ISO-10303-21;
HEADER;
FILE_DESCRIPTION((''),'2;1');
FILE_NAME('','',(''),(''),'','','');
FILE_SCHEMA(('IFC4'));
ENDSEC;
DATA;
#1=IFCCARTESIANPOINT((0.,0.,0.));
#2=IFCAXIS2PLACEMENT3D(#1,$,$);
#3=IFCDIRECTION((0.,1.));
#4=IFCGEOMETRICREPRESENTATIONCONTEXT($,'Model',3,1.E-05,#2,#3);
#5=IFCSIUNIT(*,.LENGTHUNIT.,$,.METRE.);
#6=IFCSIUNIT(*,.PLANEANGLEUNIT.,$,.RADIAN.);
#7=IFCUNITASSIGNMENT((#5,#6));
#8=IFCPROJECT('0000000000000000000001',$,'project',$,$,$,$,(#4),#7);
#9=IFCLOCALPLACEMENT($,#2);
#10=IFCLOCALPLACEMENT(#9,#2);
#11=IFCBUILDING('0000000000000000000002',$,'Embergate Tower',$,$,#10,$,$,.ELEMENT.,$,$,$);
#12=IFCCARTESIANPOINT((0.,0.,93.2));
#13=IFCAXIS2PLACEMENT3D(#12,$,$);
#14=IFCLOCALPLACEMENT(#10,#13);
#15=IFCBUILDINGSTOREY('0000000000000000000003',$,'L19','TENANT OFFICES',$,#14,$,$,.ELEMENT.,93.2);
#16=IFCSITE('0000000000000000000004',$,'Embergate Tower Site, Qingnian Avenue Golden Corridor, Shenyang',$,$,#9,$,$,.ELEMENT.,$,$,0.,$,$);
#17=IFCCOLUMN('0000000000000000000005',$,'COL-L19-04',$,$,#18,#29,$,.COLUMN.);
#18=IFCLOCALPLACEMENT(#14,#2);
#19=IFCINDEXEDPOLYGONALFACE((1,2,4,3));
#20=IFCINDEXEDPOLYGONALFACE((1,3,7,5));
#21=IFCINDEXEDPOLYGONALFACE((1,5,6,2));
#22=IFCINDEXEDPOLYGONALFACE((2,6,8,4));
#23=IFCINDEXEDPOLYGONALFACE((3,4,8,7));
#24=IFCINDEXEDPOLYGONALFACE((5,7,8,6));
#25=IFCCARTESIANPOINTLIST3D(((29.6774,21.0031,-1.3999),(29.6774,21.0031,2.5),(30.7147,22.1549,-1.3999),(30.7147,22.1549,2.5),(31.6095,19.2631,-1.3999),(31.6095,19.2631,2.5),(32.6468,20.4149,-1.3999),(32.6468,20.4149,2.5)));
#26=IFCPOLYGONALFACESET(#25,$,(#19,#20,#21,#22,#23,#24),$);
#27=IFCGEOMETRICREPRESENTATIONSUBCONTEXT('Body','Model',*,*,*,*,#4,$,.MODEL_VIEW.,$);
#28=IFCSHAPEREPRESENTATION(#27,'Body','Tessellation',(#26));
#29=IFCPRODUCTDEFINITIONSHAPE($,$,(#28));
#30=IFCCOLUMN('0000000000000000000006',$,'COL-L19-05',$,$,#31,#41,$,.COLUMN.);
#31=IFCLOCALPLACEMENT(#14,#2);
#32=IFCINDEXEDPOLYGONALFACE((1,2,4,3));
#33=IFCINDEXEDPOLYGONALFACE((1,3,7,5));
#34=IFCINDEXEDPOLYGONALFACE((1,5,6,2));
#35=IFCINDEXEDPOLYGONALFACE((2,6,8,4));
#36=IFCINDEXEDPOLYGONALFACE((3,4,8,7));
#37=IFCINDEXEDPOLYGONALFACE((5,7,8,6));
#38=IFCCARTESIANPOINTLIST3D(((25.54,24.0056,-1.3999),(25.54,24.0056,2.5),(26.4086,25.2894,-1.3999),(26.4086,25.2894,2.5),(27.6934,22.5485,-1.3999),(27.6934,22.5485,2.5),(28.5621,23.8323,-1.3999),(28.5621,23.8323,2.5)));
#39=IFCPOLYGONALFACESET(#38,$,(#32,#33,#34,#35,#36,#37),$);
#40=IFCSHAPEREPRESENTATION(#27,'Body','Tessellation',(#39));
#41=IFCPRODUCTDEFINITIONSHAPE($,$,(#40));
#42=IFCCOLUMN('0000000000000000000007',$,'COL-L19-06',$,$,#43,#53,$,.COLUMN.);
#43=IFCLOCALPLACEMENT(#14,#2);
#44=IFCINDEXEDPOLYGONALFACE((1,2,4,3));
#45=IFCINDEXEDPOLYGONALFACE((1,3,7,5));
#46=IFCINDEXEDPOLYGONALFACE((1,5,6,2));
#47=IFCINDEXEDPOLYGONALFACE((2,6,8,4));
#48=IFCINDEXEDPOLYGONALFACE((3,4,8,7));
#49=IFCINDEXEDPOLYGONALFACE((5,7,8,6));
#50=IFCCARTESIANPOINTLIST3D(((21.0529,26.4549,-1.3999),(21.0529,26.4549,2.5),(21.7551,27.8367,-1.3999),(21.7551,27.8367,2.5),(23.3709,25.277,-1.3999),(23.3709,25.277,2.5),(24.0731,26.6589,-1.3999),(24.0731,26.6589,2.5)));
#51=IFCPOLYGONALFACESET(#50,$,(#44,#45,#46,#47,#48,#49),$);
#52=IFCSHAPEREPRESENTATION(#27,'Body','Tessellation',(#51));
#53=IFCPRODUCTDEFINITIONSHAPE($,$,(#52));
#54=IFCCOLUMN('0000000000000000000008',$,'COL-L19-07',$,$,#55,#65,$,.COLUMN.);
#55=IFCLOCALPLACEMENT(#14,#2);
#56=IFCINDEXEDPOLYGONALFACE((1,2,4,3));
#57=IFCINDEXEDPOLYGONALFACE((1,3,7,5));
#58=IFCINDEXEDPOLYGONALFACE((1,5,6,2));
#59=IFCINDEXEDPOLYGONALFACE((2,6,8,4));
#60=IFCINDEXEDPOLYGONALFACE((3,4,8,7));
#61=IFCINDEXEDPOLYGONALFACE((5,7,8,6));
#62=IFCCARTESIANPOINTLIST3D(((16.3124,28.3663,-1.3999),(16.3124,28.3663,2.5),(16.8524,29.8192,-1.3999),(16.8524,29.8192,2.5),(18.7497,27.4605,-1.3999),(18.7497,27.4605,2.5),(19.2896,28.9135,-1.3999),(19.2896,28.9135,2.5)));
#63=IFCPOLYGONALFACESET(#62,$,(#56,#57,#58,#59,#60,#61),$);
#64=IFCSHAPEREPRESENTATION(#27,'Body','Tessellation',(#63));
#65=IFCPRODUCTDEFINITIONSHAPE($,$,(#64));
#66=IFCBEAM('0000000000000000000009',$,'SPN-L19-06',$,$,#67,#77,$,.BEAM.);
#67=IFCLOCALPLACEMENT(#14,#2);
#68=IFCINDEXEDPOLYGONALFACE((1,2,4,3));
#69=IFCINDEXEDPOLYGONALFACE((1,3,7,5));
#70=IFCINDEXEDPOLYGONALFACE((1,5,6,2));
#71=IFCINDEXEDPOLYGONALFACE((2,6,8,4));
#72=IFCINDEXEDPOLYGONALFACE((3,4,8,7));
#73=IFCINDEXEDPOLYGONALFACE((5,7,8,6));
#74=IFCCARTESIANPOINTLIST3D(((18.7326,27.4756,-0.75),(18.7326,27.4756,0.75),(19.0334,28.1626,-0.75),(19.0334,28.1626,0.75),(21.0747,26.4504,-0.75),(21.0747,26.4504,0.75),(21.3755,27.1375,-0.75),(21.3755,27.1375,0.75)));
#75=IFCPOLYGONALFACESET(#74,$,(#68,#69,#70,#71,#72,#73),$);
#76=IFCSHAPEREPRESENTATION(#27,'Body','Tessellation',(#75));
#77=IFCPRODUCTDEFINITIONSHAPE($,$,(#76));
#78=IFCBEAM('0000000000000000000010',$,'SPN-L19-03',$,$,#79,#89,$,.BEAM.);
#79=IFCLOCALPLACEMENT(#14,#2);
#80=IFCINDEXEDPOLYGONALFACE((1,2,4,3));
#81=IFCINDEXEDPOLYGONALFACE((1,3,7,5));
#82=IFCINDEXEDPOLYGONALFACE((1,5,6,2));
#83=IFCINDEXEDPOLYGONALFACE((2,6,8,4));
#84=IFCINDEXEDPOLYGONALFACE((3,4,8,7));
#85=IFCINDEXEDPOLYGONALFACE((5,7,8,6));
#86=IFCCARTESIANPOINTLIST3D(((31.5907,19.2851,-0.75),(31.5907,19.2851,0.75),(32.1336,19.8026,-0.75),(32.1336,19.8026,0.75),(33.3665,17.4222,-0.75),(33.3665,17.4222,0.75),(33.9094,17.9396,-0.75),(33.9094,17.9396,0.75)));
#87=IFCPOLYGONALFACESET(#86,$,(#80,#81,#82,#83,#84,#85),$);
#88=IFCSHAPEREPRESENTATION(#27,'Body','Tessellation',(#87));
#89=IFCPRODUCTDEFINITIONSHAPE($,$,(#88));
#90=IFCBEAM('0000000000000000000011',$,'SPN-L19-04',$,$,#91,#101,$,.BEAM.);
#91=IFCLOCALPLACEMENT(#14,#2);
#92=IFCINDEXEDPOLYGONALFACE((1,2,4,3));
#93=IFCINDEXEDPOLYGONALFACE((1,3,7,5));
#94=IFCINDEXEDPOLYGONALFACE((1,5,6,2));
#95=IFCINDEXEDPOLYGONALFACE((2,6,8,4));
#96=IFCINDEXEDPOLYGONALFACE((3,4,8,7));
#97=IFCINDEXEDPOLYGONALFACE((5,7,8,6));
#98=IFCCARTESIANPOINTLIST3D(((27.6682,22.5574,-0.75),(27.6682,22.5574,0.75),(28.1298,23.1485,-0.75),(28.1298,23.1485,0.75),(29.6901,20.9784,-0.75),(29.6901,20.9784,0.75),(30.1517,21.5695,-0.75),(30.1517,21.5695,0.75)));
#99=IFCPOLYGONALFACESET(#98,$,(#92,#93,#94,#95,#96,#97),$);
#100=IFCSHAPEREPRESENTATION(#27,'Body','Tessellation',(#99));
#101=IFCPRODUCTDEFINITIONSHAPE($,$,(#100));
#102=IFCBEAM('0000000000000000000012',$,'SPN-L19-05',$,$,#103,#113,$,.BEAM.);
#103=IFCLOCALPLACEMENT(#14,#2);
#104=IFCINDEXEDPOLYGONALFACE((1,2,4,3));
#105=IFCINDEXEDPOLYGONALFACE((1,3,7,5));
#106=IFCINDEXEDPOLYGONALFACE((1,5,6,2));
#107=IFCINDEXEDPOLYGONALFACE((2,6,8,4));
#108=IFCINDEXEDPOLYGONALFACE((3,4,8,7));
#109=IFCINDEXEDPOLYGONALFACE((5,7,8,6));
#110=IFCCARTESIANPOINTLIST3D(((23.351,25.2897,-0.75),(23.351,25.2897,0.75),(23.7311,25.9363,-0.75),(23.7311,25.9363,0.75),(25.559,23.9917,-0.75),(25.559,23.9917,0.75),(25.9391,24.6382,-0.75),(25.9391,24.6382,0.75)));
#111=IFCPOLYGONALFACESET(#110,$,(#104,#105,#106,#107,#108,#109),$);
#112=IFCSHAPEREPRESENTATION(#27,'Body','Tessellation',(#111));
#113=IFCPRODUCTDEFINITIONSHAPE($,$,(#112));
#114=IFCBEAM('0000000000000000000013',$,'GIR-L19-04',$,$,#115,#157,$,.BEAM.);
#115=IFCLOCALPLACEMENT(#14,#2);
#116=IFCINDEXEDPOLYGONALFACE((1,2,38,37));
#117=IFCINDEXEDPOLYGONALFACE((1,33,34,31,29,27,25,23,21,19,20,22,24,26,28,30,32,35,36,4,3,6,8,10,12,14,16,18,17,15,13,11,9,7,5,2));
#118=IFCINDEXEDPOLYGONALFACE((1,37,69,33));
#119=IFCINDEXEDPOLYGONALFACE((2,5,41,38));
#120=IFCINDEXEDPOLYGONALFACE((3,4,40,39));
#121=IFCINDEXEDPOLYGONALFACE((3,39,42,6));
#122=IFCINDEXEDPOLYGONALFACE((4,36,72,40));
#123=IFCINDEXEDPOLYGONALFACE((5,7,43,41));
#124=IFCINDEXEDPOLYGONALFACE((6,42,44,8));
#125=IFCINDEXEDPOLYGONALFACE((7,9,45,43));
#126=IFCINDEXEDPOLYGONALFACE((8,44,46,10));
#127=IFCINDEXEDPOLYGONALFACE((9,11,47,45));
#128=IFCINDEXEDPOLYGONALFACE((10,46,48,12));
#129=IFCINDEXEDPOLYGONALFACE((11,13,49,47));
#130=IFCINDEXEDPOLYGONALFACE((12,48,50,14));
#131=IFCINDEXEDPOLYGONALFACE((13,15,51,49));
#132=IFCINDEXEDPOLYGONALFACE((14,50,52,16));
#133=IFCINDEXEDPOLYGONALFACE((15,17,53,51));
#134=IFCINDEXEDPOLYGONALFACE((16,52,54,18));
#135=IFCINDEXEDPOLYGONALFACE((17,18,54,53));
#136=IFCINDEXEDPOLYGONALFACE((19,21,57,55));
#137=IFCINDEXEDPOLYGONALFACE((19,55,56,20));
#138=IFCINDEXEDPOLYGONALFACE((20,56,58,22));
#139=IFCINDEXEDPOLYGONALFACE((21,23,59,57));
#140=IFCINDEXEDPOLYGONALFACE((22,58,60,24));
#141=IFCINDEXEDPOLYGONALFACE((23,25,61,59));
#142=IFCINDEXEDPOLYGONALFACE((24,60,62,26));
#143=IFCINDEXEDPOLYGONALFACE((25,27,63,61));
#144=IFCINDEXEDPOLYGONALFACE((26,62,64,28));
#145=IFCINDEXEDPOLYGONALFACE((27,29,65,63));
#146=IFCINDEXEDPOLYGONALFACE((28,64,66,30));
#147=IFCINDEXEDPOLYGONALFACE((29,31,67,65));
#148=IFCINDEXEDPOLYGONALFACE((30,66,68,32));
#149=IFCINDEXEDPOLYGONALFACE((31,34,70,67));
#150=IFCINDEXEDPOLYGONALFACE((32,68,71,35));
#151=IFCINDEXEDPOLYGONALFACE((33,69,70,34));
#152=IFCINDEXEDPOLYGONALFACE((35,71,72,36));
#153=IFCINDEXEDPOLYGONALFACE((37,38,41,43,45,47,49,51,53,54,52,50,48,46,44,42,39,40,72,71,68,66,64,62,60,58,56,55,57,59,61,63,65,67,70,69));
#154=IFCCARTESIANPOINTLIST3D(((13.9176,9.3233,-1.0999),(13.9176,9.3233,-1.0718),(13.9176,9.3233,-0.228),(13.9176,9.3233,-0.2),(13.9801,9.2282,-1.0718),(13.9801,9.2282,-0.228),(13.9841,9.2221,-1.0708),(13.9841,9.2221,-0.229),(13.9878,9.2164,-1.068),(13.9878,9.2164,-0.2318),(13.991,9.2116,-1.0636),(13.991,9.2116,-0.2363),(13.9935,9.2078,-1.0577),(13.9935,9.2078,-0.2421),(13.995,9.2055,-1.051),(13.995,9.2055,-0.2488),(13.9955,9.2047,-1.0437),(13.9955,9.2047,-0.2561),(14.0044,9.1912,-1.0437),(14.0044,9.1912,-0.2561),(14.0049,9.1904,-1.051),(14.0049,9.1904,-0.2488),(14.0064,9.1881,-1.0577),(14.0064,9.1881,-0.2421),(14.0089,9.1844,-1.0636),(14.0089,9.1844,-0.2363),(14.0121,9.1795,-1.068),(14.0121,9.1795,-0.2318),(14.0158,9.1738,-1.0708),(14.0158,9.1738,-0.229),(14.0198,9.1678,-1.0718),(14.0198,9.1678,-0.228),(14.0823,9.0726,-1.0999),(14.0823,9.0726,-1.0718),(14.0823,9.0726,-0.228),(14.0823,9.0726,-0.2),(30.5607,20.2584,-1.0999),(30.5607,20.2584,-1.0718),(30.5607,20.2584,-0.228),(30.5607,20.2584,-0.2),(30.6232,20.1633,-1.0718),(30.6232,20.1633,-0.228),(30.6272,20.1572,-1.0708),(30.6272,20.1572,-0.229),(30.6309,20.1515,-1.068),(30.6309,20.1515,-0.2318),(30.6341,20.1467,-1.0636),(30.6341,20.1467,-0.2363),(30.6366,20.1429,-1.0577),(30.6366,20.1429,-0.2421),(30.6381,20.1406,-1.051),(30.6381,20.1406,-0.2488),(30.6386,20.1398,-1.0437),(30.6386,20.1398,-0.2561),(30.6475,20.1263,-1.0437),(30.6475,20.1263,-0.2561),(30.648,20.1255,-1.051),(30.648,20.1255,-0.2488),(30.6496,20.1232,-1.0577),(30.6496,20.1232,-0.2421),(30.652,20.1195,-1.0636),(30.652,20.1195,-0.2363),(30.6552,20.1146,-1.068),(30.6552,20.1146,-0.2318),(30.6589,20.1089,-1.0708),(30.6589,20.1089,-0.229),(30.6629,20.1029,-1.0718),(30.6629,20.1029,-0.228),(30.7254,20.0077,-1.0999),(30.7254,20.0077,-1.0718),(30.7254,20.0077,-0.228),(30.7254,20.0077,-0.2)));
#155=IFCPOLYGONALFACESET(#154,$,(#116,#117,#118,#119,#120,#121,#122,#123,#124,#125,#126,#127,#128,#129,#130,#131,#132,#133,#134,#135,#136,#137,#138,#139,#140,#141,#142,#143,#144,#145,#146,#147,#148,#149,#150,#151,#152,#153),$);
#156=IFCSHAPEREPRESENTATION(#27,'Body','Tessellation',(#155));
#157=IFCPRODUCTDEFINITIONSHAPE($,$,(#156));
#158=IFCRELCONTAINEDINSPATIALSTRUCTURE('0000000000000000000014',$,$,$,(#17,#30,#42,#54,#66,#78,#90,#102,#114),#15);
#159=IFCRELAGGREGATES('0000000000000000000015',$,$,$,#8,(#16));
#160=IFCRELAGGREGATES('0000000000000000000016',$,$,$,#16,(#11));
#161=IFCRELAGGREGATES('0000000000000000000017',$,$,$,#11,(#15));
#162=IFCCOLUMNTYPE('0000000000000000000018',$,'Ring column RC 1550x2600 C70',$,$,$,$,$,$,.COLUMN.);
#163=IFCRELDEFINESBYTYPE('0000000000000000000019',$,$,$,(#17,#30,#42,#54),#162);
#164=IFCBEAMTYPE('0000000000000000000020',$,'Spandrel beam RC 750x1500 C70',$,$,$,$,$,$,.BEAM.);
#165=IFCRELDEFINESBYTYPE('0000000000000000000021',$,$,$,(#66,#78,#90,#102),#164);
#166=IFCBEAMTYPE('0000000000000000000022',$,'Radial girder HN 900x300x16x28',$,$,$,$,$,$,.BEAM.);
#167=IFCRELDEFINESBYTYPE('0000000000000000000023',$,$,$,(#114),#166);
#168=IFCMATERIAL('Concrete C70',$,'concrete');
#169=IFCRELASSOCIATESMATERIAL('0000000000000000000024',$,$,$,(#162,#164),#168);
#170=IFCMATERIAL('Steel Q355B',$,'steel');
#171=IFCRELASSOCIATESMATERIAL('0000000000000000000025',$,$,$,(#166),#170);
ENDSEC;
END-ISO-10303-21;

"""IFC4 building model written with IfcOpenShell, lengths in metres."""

from ifc_helpers import new_model, si_unit, direction, frame, origin, origin_2d, place, context, subcontext, project, spatial, rectangle, i_section, extrude, source, transform, mapped, material, material_profile, profile_set, type_object, element, save


model = new_model("IFC4")

# Units and contexts
model_context = context("Model", 3, precision=1e-05, world=origin(), true_north=direction((0.0, 1.0)))
body_context = subcontext(model_context, "Body", "Model", "MODEL_VIEW")
ifc_project = project(units=[si_unit("LENGTHUNIT", "METRE"), si_unit("PLANEANGLEUNIT", "RADIAN")], contexts=[model_context])

# Site, building, storey
site_placement = place(None, origin())
site = spatial("IfcSite", under=ifc_project, at=site_placement, Name="Embergate Tower Site, Qingnian Avenue Golden Corridor, Shenyang", CompositionType="ELEMENT", RefElevation=0.0)
building_placement = place(site_placement, origin())
building = spatial("IfcBuilding", under=site, at=building_placement, Name="Embergate Tower", CompositionType="ELEMENT")
storey_placement = place(building_placement, frame((0.0, 0.0, 93.2)))
storey = spatial("IfcBuildingStorey", under=building, at=storey_placement, Name="L19", Description="TENANT OFFICES", CompositionType="ELEMENT", Elevation=93.2)

# Columns
ifc_material_1 = material(Name="Concrete C70", Category="concrete")
ifc_material_profile_1 = material_profile(ifc_material_1, rectangle(XDim=1.55, YDim=2.6001, at=origin_2d()), Name="RC 1550x2600")
ifc_profile_set_1 = profile_set([ifc_material_profile_1], Name="Concrete C70")
column_type = type_object("IfcColumnType", Name="Ring column RC 1550x2600 C70", PredefinedType="COLUMN", material=ifc_profile_set_1)
shared_shape_1 = source(origin(), body_context, "Body", "SweptSolid", [
    extrude(rectangle(XDim=1.55, YDim=2.6001, at=origin_2d()), origin(), (0.0, 0.0, 1.0), 3.8999),
])
for number, where, z_axis, x_axis, name in (
    (1, (31.1621, 20.709, -1.3999), (0.0, 0.0, 1.0), (0.669208, 0.743075, 0.0), "COL-L19-04"),
    (2, (27.051, 23.9189, -1.3999), (0.0, 0.0, 1.0), (0.560393, 0.828227, 0.0), "COL-L19-05"),
    (3, (22.563, 26.5569, -1.3999), (0.0, 0.0, 1.0), (0.452995, 0.891513, 0.0), "COL-L19-06"),
    (4, (17.801, 28.6399, -1.3999), (0.0, 0.0, 1.0), (0.348343, 0.937367, 0.0), "COL-L19-07"),
):
    element("IfcColumn", number, at=place(storey_placement, frame(where, z_axis=z_axis, x_axis=x_axis)), inside=storey, type_object=column_type, Name=name, PredefinedType="COLUMN", context=body_context, shape_type="MappedRepresentation", body=[
        mapped(shared_shape_1, transform((0.0, 0.0, 0.0))),
    ])

# Beams
ifc_material_profile_2 = material_profile(ifc_material_1, rectangle(XDim=0.75, YDim=1.5, at=origin_2d()), Name="RC 750x1500")
ifc_profile_set_2 = profile_set([ifc_material_profile_2], Name="Concrete C70")
beam_type_1 = type_object("IfcBeamType", Name="Spandrel beam RC 750x1500 C70", PredefinedType="BEAM", material=ifc_profile_set_2)
shared_shape_2 = source(origin(), body_context, "Body", "SweptSolid", [
    extrude(rectangle(XDim=0.75, YDim=1.5, at=origin_2d()), origin(), (0.0, 0.0, 1.0), 2.5566),
])
beam_1_placement = place(storey_placement, frame((21.2251, 26.7939, 0.0), z_axis=(-0.916085, 0.400984, 0.0), x_axis=(-0.400984, -0.916085, 0.0)))
element("IfcBeam", 5, at=beam_1_placement, inside=storey, type_object=beam_type_1, Name="SPN-L19-06", PredefinedType="BEAM", context=body_context, shape_type="MappedRepresentation", body=[
    mapped(shared_shape_2, transform((0.0, 0.0, 0.0))),
])
shared_shape_3 = source(origin(), body_context, "Body", "SweptSolid", [
    extrude(rectangle(XDim=0.75, YDim=1.5, at=origin_2d()), origin(), (0.0, 0.0, 1.0), 2.5737),
])
beam_2_placement = place(storey_placement, frame((33.6379, 17.6809, 0.0), z_axis=(-0.689972, 0.723836, 0.0), x_axis=(-0.723836, -0.689972, 0.0)))
element("IfcBeam", 6, at=beam_2_placement, inside=storey, type_object=beam_type_1, Name="SPN-L19-03", PredefinedType="BEAM", context=body_context, shape_type="MappedRepresentation", body=[
    mapped(shared_shape_3, transform((0.0, 0.0, 0.0))),
])
shared_shape_4 = source(origin(), body_context, "Body", "SweptSolid", [
    extrude(rectangle(XDim=0.75, YDim=1.5, at=origin_2d()), origin(), (0.0, 0.0, 1.0), 2.5654),
])
beam_3_placement = place(storey_placement, frame((29.9209, 21.2739, 0.0), z_axis=(-0.788131, 0.615507, 0.0), x_axis=(-0.615507, -0.788131, 0.0)))
element("IfcBeam", 7, at=beam_3_placement, inside=storey, type_object=beam_type_1, Name="SPN-L19-04", PredefinedType="BEAM", context=body_context, shape_type="MappedRepresentation", body=[
    mapped(shared_shape_4, transform((0.0, 0.0, 0.0))),
])
shared_shape_5 = source(origin(), body_context, "Body", "SweptSolid", [
    extrude(rectangle(XDim=0.75, YDim=1.5, at=origin_2d()), origin(), (0.0, 0.0, 1.0), 2.5613),
])
beam_4_placement = place(storey_placement, frame((25.749, 24.3149, 0.0), z_axis=(-0.862059, 0.506808, 0.0), x_axis=(-0.506808, -0.862059, 0.0)))
element("IfcBeam", 8, at=beam_4_placement, inside=storey, type_object=beam_type_1, Name="SPN-L19-05", PredefinedType="BEAM", context=body_context, shape_type="MappedRepresentation", body=[
    mapped(shared_shape_5, transform((0.0, 0.0, 0.0))),
])
ifc_material_2 = material(Name="Steel Q355B", Category="steel")
ifc_material_profile_3 = material_profile(ifc_material_2, i_section(OverallWidth=0.3, OverallDepth=0.8999, WebThickness=0.0161, FlangeThickness=0.0281, FilletRadius=0.0281, at=origin_2d()), Name="HN 900x300x16x28")
ifc_profile_set_3 = profile_set([ifc_material_profile_3], Name="Steel Q355 grade B")
beam_type_2 = type_object("IfcBeamType", Name="Radial girder HN 900x300x16x28", PredefinedType="BEAM", material=ifc_profile_set_3)
shared_shape_6 = source(origin(), body_context, "Body", "SweptSolid", [
    extrude(i_section(OverallWidth=0.3, OverallDepth=0.8999, WebThickness=0.0161, FlangeThickness=0.0281, FilletRadius=0.0281, at=origin_2d()), origin(), (0.0, 0.0, 1.0), 19.9141),
])
beam_5_placement = place(storey_placement, frame((30.6431, 20.1331, -0.6499), z_axis=(-0.835747, -0.549114, 0.0), x_axis=(0.549114, -0.835747, 0.0)))
element("IfcBeam", 9, at=beam_5_placement, inside=storey, type_object=beam_type_2, Name="GIR-L19-04", PredefinedType="BEAM", context=body_context, shape_type="MappedRepresentation", body=[
    mapped(shared_shape_6, transform((0.0, 0.0, 0.0))),
])

save(model, "model.ifc")
